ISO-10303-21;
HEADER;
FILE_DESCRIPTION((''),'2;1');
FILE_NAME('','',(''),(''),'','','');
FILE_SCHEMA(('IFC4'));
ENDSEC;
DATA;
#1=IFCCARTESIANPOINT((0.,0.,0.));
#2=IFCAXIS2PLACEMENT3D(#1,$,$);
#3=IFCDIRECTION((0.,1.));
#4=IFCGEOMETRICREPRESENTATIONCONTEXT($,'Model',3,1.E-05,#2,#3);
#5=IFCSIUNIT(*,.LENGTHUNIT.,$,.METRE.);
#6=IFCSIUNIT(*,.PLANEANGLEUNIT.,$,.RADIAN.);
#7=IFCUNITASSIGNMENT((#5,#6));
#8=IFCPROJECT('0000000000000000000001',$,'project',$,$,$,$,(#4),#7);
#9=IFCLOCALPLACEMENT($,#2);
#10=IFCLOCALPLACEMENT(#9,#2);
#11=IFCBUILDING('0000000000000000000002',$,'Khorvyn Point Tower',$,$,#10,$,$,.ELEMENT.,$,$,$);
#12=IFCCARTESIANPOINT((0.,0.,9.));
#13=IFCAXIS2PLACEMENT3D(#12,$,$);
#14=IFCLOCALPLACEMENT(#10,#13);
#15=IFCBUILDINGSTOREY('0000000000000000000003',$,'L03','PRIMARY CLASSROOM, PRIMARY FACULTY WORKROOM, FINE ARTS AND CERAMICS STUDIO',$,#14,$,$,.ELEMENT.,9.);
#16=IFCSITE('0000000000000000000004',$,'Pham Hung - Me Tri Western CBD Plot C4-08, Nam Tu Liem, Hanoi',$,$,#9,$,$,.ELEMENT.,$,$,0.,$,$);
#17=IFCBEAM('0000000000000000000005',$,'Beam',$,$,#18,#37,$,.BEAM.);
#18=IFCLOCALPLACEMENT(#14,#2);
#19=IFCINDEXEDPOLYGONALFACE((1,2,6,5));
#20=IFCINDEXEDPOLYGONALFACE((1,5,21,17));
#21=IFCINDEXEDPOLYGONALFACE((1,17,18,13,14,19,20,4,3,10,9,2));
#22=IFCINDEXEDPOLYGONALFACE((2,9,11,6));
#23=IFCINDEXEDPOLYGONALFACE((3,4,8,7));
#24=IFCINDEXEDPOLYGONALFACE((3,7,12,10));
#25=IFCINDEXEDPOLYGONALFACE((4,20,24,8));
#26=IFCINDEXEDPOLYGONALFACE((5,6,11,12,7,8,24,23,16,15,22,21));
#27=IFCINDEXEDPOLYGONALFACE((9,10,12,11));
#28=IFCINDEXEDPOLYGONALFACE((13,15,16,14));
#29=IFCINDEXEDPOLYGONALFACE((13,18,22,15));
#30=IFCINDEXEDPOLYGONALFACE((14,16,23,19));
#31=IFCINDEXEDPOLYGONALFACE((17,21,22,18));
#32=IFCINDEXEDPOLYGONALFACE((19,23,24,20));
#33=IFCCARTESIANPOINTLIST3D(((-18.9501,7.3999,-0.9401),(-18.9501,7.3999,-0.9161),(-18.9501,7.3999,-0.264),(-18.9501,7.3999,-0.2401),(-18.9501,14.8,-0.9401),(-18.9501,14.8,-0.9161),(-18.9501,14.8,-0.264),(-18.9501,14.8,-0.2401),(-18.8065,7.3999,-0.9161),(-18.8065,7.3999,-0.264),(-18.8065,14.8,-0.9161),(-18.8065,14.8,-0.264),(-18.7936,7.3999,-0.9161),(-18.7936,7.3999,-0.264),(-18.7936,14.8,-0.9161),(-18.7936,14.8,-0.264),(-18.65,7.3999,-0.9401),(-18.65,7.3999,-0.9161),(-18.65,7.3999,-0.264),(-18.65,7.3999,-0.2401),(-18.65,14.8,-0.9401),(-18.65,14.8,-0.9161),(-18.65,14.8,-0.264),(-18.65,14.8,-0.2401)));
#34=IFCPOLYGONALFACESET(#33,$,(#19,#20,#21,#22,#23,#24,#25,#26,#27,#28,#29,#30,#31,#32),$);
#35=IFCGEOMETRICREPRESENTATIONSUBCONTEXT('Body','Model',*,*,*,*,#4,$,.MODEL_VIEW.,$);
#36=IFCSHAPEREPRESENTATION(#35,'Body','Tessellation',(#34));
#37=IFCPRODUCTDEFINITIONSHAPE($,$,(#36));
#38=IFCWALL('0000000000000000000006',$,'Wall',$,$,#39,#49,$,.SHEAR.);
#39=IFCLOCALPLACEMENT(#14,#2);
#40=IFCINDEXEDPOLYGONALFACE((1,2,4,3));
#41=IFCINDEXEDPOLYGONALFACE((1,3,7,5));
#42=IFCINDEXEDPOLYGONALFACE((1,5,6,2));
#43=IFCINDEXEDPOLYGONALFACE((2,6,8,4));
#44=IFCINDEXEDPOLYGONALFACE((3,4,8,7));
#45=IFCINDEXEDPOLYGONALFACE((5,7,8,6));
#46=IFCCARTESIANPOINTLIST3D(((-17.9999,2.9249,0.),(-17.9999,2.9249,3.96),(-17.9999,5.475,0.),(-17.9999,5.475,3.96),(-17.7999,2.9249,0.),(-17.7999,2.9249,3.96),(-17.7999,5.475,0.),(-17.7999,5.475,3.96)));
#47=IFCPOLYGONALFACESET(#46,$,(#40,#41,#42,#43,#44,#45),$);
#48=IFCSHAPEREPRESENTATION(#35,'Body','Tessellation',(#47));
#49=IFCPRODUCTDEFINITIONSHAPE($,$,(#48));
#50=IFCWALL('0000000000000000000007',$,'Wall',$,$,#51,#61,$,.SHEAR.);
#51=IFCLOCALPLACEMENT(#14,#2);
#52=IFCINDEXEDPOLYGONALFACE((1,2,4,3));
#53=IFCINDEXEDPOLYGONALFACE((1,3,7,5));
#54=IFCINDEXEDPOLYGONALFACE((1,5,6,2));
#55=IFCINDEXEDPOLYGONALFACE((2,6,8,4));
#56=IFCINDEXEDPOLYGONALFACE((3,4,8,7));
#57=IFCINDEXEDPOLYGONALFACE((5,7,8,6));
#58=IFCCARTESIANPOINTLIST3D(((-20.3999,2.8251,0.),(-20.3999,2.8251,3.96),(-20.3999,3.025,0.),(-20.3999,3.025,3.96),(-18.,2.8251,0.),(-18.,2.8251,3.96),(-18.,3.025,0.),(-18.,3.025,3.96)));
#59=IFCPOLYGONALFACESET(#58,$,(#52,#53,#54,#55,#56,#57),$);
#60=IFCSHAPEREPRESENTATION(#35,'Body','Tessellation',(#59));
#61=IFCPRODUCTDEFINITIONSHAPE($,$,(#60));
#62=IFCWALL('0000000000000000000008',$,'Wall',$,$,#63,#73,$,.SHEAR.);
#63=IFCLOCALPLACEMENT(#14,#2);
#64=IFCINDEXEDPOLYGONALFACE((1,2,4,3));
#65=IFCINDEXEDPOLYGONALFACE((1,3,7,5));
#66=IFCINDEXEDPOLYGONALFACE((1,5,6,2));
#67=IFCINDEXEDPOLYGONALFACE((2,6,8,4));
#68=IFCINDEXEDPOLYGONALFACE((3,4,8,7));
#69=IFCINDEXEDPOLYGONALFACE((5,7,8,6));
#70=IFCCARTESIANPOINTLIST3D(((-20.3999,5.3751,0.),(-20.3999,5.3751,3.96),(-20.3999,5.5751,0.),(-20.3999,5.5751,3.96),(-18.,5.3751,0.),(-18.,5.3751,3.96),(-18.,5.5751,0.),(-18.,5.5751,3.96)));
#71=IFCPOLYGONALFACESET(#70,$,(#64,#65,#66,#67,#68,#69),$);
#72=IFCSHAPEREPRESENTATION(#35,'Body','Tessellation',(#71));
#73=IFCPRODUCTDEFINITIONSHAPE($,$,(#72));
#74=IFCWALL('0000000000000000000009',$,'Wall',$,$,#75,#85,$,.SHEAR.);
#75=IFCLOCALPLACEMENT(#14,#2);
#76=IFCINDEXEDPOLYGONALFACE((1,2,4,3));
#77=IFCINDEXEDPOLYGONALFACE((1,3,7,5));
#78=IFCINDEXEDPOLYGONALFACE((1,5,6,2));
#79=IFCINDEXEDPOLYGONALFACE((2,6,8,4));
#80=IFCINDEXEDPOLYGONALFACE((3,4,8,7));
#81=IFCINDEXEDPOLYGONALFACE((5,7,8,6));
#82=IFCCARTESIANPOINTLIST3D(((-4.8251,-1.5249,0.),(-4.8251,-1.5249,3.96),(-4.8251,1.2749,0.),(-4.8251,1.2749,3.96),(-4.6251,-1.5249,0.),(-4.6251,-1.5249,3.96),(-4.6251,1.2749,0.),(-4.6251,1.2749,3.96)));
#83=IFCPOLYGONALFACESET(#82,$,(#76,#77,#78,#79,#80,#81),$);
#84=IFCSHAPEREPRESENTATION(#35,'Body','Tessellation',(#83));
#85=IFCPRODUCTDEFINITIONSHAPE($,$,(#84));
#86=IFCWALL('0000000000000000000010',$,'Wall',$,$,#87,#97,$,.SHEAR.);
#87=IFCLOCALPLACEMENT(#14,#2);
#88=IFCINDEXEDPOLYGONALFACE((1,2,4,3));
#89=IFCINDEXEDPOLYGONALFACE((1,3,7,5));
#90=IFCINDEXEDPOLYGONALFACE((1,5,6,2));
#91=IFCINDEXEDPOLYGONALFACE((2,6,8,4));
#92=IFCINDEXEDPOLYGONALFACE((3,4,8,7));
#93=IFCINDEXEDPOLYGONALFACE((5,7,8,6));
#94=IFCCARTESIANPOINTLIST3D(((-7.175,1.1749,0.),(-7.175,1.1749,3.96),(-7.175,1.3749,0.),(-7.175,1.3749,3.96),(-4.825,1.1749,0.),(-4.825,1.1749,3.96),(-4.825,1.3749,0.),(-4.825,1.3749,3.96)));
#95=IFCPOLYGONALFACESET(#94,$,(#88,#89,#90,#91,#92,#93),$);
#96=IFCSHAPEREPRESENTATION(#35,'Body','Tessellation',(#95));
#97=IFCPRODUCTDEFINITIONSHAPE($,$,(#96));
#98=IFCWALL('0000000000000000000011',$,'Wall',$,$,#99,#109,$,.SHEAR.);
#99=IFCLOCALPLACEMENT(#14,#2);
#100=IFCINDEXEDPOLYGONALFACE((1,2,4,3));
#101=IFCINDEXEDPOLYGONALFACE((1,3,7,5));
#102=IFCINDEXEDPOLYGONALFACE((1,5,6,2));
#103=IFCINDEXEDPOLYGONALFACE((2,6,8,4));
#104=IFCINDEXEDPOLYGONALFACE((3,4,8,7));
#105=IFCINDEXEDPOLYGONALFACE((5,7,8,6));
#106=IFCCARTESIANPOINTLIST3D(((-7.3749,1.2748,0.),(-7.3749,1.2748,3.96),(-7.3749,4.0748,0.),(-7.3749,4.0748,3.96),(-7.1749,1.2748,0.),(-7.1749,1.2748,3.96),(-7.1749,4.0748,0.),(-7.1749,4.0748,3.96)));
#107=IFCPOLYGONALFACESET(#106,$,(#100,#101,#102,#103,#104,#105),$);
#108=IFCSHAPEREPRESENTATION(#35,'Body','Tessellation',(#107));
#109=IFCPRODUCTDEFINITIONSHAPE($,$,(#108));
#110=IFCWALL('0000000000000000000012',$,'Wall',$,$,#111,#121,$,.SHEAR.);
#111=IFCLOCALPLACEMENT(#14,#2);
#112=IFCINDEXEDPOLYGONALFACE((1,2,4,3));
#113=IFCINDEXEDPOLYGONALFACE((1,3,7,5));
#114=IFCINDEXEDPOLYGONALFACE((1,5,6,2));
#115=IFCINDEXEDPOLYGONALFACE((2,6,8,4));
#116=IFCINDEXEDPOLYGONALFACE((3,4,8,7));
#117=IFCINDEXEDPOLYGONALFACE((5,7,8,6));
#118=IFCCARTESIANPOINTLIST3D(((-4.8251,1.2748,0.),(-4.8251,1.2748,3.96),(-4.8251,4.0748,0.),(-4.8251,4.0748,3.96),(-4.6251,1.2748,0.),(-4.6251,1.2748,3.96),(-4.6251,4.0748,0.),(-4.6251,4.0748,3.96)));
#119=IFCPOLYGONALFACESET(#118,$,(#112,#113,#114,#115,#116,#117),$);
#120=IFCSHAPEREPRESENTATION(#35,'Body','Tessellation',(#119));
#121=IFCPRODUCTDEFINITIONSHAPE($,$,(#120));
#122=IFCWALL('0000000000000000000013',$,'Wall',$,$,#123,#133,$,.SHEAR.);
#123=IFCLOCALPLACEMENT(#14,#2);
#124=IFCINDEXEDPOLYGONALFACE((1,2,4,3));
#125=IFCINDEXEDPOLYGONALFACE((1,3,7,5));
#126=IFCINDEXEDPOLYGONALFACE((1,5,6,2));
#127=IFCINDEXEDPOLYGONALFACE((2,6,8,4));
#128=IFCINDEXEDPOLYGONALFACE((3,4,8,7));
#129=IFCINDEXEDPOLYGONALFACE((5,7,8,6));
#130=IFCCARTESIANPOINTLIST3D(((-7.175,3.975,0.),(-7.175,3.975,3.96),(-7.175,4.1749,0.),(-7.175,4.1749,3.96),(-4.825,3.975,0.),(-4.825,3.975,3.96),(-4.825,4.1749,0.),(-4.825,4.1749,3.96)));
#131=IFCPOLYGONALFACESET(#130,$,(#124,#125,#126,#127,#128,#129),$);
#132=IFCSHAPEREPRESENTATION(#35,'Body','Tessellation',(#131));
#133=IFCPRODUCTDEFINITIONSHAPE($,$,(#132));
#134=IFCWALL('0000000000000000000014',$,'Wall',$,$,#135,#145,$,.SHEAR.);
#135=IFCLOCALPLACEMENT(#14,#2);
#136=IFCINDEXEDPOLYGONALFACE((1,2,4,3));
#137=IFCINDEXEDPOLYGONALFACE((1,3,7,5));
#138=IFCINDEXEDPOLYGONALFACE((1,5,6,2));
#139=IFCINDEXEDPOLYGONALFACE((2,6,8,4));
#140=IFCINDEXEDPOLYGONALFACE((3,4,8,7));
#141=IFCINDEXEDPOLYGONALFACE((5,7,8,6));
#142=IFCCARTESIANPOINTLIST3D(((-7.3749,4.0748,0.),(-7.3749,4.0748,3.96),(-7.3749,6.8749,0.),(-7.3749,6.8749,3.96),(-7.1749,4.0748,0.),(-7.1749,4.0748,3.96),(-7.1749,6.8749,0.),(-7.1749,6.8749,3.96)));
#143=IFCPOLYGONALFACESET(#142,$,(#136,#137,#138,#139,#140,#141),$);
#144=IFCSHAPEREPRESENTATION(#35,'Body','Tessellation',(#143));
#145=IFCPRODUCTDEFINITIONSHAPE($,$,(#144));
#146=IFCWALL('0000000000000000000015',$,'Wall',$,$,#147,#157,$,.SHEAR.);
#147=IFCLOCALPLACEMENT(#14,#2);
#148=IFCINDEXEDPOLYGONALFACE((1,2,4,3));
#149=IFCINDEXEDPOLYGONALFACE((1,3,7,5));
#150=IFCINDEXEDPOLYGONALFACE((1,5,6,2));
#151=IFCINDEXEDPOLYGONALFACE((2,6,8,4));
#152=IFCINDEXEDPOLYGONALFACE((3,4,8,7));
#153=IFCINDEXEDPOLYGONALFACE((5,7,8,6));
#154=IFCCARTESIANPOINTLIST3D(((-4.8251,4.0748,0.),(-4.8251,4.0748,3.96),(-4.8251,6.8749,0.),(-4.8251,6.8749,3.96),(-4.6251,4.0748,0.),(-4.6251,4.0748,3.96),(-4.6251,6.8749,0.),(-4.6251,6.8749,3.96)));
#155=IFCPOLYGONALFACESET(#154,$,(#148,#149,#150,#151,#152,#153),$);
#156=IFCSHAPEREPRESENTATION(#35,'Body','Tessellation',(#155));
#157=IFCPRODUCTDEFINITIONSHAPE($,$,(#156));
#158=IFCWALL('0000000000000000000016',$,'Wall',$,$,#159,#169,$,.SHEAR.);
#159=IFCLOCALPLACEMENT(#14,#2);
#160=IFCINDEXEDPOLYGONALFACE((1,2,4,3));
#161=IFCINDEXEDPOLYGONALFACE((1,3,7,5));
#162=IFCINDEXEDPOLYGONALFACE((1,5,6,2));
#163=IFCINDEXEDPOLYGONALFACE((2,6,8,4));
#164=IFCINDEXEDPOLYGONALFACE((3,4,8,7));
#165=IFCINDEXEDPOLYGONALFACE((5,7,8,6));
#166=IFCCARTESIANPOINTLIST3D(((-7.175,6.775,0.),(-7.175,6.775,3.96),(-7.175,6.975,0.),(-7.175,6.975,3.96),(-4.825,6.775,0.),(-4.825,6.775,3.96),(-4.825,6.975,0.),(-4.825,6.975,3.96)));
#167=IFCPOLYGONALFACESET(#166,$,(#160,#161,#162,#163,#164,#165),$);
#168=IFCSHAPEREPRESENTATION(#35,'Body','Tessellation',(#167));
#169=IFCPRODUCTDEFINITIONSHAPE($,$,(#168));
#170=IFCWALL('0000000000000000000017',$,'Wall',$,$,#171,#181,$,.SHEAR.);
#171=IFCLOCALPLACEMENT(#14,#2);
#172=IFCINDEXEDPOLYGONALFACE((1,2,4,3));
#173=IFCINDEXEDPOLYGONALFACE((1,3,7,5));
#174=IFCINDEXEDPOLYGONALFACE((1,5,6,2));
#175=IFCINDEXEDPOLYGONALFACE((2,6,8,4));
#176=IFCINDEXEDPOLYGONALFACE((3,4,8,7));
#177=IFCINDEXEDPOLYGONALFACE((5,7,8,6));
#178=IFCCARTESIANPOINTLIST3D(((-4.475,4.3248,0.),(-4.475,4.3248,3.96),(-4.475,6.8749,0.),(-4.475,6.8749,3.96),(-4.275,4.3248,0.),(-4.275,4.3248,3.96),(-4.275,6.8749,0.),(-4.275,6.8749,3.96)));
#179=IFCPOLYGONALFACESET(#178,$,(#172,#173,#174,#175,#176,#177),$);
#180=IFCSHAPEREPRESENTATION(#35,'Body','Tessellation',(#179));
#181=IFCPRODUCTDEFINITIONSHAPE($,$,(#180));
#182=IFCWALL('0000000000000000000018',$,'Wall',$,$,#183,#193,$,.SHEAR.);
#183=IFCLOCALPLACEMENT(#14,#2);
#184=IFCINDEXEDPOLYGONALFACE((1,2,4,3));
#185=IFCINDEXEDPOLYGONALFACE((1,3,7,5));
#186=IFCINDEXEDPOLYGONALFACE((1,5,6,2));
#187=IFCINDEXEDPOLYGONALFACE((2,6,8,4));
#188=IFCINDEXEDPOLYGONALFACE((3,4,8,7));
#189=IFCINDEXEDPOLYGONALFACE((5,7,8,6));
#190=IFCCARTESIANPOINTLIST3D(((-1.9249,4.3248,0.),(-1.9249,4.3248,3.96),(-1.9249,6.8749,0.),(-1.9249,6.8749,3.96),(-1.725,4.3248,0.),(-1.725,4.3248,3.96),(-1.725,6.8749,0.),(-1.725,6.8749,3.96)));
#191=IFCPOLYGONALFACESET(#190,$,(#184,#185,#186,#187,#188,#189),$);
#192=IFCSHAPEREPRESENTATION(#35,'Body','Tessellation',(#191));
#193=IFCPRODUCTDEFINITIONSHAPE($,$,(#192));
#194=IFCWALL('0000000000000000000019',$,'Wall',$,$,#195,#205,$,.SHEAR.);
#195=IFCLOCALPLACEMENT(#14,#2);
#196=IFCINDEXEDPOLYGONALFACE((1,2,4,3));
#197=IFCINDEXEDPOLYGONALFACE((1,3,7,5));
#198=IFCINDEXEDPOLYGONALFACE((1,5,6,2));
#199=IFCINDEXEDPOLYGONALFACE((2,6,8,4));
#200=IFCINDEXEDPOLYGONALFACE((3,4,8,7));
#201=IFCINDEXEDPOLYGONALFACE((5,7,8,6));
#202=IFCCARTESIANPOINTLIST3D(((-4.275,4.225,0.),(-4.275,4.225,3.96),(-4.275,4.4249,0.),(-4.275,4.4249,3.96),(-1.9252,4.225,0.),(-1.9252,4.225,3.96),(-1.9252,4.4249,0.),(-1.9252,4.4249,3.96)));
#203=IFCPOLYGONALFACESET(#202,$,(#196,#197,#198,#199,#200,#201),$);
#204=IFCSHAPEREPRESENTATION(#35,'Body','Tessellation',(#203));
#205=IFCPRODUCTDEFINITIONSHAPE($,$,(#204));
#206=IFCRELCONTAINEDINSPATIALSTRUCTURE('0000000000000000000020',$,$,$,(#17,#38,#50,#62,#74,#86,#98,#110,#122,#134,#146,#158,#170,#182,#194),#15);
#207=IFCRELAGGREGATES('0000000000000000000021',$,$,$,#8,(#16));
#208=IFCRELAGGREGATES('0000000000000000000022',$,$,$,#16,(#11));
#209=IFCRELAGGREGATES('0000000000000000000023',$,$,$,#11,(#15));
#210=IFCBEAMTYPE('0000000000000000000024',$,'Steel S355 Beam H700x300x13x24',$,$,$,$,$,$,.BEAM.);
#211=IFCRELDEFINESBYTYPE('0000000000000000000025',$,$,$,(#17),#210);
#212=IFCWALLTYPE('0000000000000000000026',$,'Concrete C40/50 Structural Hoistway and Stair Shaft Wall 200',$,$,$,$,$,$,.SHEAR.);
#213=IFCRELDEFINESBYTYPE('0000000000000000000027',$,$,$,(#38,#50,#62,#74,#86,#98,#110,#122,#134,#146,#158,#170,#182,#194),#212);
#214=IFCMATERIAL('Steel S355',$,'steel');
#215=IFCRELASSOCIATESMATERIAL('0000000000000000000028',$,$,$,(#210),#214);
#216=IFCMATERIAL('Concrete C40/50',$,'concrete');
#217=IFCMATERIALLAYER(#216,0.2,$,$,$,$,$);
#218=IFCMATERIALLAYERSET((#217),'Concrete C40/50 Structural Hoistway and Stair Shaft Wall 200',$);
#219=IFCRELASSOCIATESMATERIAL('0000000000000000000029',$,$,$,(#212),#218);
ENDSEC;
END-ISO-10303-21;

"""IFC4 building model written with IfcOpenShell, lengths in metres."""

from ifc_helpers import new_model, si_unit, direction, frame, frame_2d, origin, origin_2d, place, context, subcontext, project, spatial, rectangle, i_section, extrude, material, layer, layer_set, material_profile, profile_set, type_object, element, save


model = new_model("IFC4")

# Units and contexts
model_context = context("Model", 3, precision=1e-05, world=origin(), true_north=direction((0.0, 1.0)))
body_context = subcontext(model_context, "Body", "Model", "MODEL_VIEW")
ifc_project = project(units=[si_unit("LENGTHUNIT", "METRE"), si_unit("PLANEANGLEUNIT", "RADIAN")], contexts=[model_context])

# Site, building, storey
site_placement = place(None, origin())
site = spatial("IfcSite", under=ifc_project, at=site_placement, Name="Pham Hung - Me Tri Western CBD Plot C4-08, Nam Tu Liem, Hanoi", CompositionType="ELEMENT", RefElevation=0.0)
building_placement = place(site_placement, origin())
building = spatial("IfcBuilding", under=site, at=building_placement, Name="Khorvyn Point Tower", CompositionType="ELEMENT")
storey_placement = place(building_placement, frame((0.0, 0.0, 9.0)))
storey = spatial("IfcBuildingStorey", under=building, at=storey_placement, Name="L03", Description="PRIMARY CLASSROOM, PRIMARY FACULTY WORKROOM, FINE ARTS AND CERAMICS STUDIO", CompositionType="ELEMENT", Elevation=9.0)

# Shared definitions
ifc_material_1 = material(Name="Concrete C40/50", Category="concrete")

# Beam
ifc_material_2 = material(Name="Steel S355", Category="steel")
ifc_material_profile_1 = material_profile(ifc_material_2, i_section(OverallWidth=0.3, OverallDepth=0.7, WebThickness=0.0129, FlangeThickness=0.0239, at=origin_2d()))
ifc_profile_set_1 = profile_set([ifc_material_profile_1], Name="Steel S355 H700x300x13x24")
beam_type_1 = type_object("IfcBeamType", Name="Steel S355 Beam H700x300x13x24", PredefinedType="BEAM", material=ifc_profile_set_1)
for number, where, z_axis, x_axis, name in (
    (1, (-18.8, 7.3999, -0.5901), (0.0, 1.0, 0.0), (-1.0, 0.0, 0.0), "Beam"),
):
    element("IfcBeam", number, at=place(storey_placement, frame(where, z_axis=z_axis, x_axis=x_axis)), inside=storey, type_object=beam_type_1, Name=name, PredefinedType="BEAM", context=body_context, shape_type="SweptSolid", body=[
        extrude(i_section(OverallWidth=0.3, OverallDepth=0.7, WebThickness=0.0129, FlangeThickness=0.0239, at=origin_2d()), origin(), (0.0, 0.0, 1.0), 7.4001),
    ])

# Walls
ifc_layer_1 = layer(ifc_material_1, 0.2)
ifc_layer_set_1 = layer_set([ifc_layer_1], Name="Concrete C40/50 Structural Hoistway and Stair Shaft Wall 200")
wall_type_1 = type_object("IfcWallType", Name="Concrete C40/50 Structural Hoistway and Stair Shaft Wall 200", PredefinedType="SHEAR", material=ifc_layer_set_1)
wall_1_placement = place(storey_placement, frame((-17.8999, 2.925, 0.0), z_axis=(0.0, 0.0, 1.0), x_axis=(0.0, 1.0, 0.0)))
element("IfcWall", 2, at=wall_1_placement, inside=storey, type_object=wall_type_1, Name="Wall", PredefinedType="SHEAR", context=body_context, shape_type="SweptSolid", body=[
    extrude(rectangle(XDim=2.55, YDim=0.2, at=frame_2d((1.2749, 0.0))), origin(), (0.0, 0.0, 1.0), 3.96),
])
for number, where, z_axis, x_axis, name in (
    (3, (-20.3999, 2.925, 0.0), (0.0, 0.0, 1.0), (1.0, 0.0, 0.0), "Wall"),
    (4, (-20.3999, 5.4751, 0.0), (0.0, 0.0, 1.0), (1.0, 0.0, 0.0), "Wall"),
):
    element("IfcWall", number, at=place(storey_placement, frame(where, z_axis=z_axis, x_axis=x_axis)), inside=storey, type_object=wall_type_1, Name=name, PredefinedType="SHEAR", context=body_context, shape_type="SweptSolid", body=[
        extrude(rectangle(XDim=2.3999, YDim=0.2, at=frame_2d((1.2, 0.0))), origin(), (0.0, 0.0, 1.0), 3.96),
    ])
wall_2_placement = place(storey_placement, frame((-4.7251, -1.5249, 0.0), z_axis=(0.0, 0.0, 1.0), x_axis=(0.0, 1.0, 0.0)))
element("IfcWall", 5, at=wall_2_placement, inside=storey, type_object=wall_type_1, Name="Wall", PredefinedType="SHEAR", context=body_context, shape_type="SweptSolid", body=[
    extrude(rectangle(XDim=2.7998, YDim=0.2, at=frame_2d((1.3999, 0.0))), origin(), (0.0, 0.0, 1.0), 3.96),
])
wall_3_placement = place(storey_placement, frame((-7.175, 1.2749, 0.0), z_axis=(0.0, 0.0, 1.0), x_axis=(1.0, 0.0, 0.0)))
element("IfcWall", 6, at=wall_3_placement, inside=storey, type_object=wall_type_1, Name="Wall", PredefinedType="SHEAR", context=body_context, shape_type="SweptSolid", body=[
    extrude(rectangle(XDim=2.3501, YDim=0.2, at=frame_2d((1.175, 0.0))), origin(), (0.0, 0.0, 1.0), 3.96),
])
for number, where, z_axis, x_axis, name in (
    (7, (-7.2749, 1.2749, 0.0), (0.0, 0.0, 1.0), (0.0, 1.0, 0.0), "Wall"),
    (8, (-4.7251, 1.2749, 0.0), (0.0, 0.0, 1.0), (0.0, 1.0, 0.0), "Wall"),
):
    element("IfcWall", number, at=place(storey_placement, frame(where, z_axis=z_axis, x_axis=x_axis)), inside=storey, type_object=wall_type_1, Name=name, PredefinedType="SHEAR", context=body_context, shape_type="SweptSolid", body=[
        extrude(rectangle(XDim=2.8, YDim=0.2, at=frame_2d((1.3999, 0.0))), origin(), (0.0, 0.0, 1.0), 3.96),
    ])
wall_4_placement = place(storey_placement, frame((-7.175, 4.075, 0.0), z_axis=(0.0, 0.0, 1.0), x_axis=(1.0, 0.0, 0.0)))
element("IfcWall", 9, at=wall_4_placement, inside=storey, type_object=wall_type_1, Name="Wall", PredefinedType="SHEAR", context=body_context, shape_type="SweptSolid", body=[
    extrude(rectangle(XDim=2.3501, YDim=0.2, at=frame_2d((1.175, 0.0))), origin(), (0.0, 0.0, 1.0), 3.96),
])
for number, where, z_axis, x_axis, name in (
    (10, (-7.2749, 4.075, 0.0), (0.0, 0.0, 1.0), (0.0, 1.0, 0.0), "Wall"),
    (11, (-4.7251, 4.075, 0.0), (0.0, 0.0, 1.0), (0.0, 1.0, 0.0), "Wall"),
):
    element("IfcWall", number, at=place(storey_placement, frame(where, z_axis=z_axis, x_axis=x_axis)), inside=storey, type_object=wall_type_1, Name=name, PredefinedType="SHEAR", context=body_context, shape_type="SweptSolid", body=[
        extrude(rectangle(XDim=2.8, YDim=0.2, at=frame_2d((1.3999, 0.0))), origin(), (0.0, 0.0, 1.0), 3.96),
    ])
wall_5_placement = place(storey_placement, frame((-7.175, 6.875, 0.0), z_axis=(0.0, 0.0, 1.0), x_axis=(1.0, 0.0, 0.0)))
element("IfcWall", 12, at=wall_5_placement, inside=storey, type_object=wall_type_1, Name="Wall", PredefinedType="SHEAR", context=body_context, shape_type="SweptSolid", body=[
    extrude(rectangle(XDim=2.3501, YDim=0.2, at=frame_2d((1.175, 0.0))), origin(), (0.0, 0.0, 1.0), 3.96),
])
for number, where, z_axis, x_axis, name in (
    (13, (-4.375, 4.325, 0.0), (0.0, 0.0, 1.0), (0.0, 1.0, 0.0), "Wall"),
    (14, (-1.825, 4.325, 0.0), (0.0, 0.0, 1.0), (0.0, 1.0, 0.0), "Wall"),
):
    element("IfcWall", number, at=place(storey_placement, frame(where, z_axis=z_axis, x_axis=x_axis)), inside=storey, type_object=wall_type_1, Name=name, PredefinedType="SHEAR", context=body_context, shape_type="SweptSolid", body=[
        extrude(rectangle(XDim=2.55, YDim=0.2, at=frame_2d((1.2749, 0.0))), origin(), (0.0, 0.0, 1.0), 3.96),
    ])
for number, where, z_axis, x_axis, name in (
    (15, (-4.2749, 4.325, 0.0), (0.0, 0.0, 1.0), (1.0, 0.0, 0.0), "Wall"),
):
    element("IfcWall", number, at=place(storey_placement, frame(where, z_axis=z_axis, x_axis=x_axis)), inside=storey, type_object=wall_type_1, Name=name, PredefinedType="SHEAR", context=body_context, shape_type="SweptSolid", body=[
        extrude(rectangle(XDim=2.3499, YDim=0.2, at=frame_2d((1.1748, 0.0))), origin(), (0.0, 0.0, 1.0), 3.96),
    ])

save(model, "model.ifc")
